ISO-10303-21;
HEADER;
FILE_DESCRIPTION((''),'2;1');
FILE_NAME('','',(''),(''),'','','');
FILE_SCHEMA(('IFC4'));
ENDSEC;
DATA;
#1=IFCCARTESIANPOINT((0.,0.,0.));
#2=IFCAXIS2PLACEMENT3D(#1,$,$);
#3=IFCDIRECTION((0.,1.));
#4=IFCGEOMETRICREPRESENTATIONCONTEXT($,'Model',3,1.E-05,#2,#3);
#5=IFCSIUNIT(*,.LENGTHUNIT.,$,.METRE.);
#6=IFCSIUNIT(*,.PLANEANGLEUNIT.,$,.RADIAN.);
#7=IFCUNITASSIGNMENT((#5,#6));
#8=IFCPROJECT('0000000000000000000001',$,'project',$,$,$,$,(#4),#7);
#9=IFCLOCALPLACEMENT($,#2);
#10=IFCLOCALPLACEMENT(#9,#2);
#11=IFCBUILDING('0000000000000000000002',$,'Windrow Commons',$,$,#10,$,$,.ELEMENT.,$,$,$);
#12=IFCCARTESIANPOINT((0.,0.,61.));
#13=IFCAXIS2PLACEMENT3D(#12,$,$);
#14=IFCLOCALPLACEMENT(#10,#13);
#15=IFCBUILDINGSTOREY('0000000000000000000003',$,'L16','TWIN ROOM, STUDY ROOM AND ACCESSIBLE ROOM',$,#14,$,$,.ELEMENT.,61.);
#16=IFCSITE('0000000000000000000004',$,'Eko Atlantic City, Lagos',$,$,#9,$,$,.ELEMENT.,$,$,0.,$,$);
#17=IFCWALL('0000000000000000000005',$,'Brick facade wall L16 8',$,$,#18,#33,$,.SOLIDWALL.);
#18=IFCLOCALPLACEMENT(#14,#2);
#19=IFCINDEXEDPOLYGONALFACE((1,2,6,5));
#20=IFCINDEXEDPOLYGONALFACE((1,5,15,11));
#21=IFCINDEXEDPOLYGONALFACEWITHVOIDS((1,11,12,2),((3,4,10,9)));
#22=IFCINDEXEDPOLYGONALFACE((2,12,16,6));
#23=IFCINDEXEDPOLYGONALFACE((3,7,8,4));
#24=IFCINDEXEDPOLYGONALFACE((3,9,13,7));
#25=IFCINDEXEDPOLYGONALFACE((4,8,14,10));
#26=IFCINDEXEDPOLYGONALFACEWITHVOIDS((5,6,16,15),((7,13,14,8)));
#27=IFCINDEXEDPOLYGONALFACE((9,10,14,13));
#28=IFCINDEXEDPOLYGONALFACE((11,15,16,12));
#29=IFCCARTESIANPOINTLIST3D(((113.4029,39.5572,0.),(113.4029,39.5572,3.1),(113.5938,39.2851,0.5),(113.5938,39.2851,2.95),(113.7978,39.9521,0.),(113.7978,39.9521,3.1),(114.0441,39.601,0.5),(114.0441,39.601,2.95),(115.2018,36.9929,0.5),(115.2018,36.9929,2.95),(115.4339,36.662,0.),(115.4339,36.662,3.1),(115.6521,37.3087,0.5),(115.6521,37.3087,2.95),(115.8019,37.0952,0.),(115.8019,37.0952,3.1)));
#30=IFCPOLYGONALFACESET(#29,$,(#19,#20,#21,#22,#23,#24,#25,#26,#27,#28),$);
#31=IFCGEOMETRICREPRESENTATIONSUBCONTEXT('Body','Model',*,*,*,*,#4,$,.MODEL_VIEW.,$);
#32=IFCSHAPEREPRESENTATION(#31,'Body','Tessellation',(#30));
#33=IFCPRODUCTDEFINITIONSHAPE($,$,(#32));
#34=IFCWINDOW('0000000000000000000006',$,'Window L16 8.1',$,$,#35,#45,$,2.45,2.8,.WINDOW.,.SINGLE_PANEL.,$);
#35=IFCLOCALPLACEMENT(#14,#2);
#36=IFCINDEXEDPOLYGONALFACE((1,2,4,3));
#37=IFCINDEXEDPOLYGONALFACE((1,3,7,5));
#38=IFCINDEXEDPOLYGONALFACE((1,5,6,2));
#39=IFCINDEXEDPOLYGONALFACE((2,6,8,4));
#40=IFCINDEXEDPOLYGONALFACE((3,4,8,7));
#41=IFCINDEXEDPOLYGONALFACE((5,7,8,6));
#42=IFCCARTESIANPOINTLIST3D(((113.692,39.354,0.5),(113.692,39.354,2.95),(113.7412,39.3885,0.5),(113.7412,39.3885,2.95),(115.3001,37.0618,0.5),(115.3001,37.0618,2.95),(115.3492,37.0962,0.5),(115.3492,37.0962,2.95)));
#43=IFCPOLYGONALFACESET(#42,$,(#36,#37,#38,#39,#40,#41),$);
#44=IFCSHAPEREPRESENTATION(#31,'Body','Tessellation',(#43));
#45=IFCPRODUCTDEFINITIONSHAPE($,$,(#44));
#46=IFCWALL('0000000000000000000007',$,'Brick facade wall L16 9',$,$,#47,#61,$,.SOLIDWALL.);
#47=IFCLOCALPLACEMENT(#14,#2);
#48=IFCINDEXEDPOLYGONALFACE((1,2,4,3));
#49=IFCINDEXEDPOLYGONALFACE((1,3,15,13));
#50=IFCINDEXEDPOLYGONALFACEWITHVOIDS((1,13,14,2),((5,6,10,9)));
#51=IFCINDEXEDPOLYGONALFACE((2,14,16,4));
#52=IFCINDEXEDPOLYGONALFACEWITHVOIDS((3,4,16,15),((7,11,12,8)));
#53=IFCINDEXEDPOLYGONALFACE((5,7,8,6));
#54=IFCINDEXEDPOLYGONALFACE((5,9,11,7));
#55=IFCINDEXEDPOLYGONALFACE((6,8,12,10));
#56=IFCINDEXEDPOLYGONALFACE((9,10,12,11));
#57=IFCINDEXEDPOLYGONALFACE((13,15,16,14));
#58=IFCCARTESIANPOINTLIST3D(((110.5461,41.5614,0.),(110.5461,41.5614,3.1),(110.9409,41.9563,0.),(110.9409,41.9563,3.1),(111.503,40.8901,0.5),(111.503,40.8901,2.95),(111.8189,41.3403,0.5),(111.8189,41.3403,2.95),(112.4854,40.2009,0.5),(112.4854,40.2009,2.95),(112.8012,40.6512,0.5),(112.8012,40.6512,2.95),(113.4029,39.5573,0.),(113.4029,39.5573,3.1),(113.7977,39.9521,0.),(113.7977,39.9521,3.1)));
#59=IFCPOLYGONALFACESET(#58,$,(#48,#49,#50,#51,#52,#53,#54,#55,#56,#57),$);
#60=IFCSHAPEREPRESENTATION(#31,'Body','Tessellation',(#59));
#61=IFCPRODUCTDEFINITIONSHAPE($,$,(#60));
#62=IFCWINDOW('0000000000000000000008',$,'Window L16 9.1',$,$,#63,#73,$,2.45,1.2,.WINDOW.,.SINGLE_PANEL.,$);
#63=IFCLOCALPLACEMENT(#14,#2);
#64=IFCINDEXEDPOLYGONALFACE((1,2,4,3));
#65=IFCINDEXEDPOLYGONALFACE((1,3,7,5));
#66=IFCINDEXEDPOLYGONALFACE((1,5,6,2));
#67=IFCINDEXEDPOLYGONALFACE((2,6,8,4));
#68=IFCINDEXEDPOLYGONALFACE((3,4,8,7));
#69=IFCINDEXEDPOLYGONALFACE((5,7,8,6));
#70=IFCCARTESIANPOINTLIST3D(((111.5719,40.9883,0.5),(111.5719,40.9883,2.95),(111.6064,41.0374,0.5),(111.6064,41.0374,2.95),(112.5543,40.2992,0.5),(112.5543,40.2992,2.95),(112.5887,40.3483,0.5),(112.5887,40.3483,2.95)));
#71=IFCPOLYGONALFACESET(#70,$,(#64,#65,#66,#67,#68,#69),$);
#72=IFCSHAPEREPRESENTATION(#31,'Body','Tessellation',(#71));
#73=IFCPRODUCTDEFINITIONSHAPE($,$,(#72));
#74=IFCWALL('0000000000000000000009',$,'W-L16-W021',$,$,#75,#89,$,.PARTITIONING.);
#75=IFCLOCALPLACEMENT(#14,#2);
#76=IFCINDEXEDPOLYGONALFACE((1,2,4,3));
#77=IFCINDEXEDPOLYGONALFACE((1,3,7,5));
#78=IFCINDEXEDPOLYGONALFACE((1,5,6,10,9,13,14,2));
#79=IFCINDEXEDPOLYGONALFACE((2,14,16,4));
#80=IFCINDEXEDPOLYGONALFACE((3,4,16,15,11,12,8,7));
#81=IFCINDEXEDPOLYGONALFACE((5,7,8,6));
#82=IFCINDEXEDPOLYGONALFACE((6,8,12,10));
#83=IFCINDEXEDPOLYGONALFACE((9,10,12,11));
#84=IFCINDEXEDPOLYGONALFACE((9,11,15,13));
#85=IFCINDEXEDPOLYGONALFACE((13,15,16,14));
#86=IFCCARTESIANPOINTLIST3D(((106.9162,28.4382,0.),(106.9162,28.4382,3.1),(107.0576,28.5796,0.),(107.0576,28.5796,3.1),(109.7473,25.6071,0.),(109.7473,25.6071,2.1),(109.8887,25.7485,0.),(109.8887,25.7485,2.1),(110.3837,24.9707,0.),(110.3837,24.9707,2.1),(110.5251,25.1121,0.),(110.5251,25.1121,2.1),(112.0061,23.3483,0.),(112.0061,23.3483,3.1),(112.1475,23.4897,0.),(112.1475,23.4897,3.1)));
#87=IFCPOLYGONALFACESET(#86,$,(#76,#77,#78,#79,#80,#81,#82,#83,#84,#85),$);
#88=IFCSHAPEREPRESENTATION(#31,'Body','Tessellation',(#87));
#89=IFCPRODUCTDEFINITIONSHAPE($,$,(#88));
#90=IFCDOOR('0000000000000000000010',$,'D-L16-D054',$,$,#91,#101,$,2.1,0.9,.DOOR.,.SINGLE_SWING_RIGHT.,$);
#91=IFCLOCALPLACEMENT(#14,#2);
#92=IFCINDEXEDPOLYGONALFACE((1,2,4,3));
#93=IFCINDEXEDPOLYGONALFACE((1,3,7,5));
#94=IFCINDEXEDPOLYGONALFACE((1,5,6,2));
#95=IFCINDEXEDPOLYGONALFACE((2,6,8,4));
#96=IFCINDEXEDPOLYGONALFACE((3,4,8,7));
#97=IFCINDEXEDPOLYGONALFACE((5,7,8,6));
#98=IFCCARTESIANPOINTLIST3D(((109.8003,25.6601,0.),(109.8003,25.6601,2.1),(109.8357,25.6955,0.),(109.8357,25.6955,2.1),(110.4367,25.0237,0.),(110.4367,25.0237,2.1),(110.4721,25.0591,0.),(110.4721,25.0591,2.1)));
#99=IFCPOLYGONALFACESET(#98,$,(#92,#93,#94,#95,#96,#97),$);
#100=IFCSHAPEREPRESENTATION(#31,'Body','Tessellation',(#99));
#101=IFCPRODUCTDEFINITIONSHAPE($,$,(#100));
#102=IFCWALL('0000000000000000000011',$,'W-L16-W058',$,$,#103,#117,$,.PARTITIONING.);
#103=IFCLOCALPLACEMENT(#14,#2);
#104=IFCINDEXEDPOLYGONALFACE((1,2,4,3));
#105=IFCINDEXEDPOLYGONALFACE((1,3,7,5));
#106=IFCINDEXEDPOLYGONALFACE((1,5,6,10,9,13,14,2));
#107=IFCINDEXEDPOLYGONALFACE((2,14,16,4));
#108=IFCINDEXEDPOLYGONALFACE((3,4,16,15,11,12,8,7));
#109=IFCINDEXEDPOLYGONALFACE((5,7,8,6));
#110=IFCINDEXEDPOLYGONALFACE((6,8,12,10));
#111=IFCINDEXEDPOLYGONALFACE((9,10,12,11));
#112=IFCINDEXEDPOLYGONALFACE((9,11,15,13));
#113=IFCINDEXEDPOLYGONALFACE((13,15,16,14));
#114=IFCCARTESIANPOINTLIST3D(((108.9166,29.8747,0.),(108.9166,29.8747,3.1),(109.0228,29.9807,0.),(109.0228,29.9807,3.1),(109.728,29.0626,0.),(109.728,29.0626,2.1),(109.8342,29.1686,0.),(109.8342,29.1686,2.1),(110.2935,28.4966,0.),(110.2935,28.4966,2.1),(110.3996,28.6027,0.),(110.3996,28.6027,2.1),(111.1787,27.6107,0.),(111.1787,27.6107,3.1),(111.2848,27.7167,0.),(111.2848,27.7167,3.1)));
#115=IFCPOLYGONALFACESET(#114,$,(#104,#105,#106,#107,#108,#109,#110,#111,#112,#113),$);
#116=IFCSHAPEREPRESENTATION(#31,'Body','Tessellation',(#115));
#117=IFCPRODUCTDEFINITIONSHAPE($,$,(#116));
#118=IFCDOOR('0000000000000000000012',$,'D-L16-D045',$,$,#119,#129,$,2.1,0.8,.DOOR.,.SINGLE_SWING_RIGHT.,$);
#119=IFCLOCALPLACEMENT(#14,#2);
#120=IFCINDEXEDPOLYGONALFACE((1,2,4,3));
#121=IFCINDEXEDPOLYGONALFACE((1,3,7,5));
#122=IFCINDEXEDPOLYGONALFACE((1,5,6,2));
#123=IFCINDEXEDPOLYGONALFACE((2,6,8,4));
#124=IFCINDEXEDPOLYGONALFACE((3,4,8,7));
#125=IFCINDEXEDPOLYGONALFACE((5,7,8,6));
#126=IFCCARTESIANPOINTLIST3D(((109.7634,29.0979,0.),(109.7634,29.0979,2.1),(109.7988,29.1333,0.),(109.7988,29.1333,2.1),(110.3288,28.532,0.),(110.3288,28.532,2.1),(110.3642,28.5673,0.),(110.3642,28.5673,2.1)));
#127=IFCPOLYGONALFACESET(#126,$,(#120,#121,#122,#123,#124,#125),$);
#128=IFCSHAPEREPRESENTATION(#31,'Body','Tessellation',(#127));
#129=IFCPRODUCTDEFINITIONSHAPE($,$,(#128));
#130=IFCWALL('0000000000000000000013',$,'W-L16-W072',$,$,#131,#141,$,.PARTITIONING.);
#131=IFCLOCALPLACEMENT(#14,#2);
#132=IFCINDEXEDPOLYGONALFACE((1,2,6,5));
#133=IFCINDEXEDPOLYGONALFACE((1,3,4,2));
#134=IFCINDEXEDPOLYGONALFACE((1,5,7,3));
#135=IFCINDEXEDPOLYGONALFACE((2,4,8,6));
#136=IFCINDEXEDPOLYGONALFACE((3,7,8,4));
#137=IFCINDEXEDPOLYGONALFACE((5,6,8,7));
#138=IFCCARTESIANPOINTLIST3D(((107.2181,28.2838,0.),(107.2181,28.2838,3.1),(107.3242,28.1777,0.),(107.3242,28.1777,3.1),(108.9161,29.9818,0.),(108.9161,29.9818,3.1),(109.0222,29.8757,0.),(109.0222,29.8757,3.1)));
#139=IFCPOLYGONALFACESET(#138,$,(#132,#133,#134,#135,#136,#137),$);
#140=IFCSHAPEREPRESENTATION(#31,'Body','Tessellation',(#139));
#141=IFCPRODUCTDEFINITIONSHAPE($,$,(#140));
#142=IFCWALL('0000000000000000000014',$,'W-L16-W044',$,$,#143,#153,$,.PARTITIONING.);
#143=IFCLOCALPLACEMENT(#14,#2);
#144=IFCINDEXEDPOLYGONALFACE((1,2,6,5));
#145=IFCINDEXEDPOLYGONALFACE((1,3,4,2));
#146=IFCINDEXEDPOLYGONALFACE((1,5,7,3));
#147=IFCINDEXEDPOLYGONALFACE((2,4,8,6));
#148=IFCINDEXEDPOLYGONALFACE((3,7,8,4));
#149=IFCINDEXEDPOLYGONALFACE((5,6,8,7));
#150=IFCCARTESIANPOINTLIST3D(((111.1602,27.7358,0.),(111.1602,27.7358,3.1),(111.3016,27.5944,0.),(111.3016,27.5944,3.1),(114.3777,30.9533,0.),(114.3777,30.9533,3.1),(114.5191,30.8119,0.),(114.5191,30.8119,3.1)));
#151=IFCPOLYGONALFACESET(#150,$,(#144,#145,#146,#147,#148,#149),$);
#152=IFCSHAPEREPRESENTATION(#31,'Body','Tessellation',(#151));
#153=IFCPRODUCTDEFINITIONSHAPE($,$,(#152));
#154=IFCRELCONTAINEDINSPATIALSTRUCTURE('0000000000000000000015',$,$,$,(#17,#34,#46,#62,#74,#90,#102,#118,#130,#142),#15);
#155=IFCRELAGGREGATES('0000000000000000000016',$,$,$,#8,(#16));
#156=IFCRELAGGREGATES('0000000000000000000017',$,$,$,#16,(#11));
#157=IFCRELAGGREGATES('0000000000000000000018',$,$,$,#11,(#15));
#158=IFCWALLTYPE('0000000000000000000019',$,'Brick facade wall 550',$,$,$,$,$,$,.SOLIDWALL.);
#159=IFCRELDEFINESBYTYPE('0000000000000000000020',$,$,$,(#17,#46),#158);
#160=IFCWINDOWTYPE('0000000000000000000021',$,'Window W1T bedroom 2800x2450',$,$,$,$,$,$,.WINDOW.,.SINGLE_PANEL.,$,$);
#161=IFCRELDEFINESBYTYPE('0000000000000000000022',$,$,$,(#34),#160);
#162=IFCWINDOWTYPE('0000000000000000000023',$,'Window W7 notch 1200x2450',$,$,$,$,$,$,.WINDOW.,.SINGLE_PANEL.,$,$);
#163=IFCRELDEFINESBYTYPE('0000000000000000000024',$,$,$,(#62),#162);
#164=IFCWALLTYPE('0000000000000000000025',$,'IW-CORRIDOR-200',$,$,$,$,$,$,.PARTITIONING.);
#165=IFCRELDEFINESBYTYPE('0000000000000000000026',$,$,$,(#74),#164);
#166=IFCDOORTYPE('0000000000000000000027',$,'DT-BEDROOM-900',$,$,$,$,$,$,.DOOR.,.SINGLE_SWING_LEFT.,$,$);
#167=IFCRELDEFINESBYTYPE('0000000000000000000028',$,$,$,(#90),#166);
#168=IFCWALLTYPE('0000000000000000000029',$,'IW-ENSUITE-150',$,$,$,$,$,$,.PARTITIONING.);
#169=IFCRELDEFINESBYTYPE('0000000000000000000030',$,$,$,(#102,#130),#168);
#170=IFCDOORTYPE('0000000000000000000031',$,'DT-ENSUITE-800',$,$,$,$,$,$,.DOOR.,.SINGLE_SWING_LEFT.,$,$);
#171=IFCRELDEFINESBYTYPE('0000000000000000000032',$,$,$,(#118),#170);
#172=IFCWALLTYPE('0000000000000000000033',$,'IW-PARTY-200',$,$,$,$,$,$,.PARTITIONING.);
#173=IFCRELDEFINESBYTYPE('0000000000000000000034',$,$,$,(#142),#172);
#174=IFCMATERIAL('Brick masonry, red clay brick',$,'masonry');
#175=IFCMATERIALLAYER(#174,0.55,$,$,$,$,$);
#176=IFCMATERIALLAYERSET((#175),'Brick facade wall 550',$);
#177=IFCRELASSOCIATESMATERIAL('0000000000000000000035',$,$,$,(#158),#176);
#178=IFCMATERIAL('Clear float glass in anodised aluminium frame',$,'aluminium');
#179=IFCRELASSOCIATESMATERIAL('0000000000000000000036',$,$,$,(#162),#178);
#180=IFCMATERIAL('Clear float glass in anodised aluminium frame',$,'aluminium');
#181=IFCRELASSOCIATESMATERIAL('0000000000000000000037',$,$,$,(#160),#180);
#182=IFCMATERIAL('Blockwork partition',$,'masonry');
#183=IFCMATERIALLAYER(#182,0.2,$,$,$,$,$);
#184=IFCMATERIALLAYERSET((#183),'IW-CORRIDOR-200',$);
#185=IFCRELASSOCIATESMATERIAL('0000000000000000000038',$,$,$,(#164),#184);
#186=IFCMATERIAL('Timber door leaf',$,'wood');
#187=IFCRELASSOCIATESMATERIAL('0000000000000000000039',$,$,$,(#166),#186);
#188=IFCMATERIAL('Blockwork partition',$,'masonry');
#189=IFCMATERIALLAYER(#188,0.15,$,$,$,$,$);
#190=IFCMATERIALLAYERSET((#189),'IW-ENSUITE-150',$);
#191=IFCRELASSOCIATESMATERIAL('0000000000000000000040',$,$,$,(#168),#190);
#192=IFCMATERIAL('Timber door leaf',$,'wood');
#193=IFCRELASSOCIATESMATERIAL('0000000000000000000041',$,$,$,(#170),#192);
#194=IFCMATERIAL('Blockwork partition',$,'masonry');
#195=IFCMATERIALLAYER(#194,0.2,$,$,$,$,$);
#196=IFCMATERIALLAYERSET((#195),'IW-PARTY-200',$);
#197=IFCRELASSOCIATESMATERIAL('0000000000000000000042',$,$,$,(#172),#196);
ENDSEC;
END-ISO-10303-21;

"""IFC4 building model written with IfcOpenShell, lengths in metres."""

from ifc_helpers import new_model, si_unit, direction, frame, frame_2d, origin, place, context, subcontext, project, spatial, polyline, rectangle, outline, extrude, material, layer, layer_set, type_object, element, fill, save


model = new_model("IFC4")

# Units and contexts
model_context = context("Model", 3, precision=1e-05, world=origin(), true_north=direction((0.0, 1.0)))
body_context = subcontext(model_context, "Body", "Model", "MODEL_VIEW")
ifc_project = project(units=[si_unit("LENGTHUNIT", "METRE"), si_unit("PLANEANGLEUNIT", "RADIAN")], contexts=[model_context])

# Site, building, storey
site_placement = place(None, origin())
site = spatial("IfcSite", under=ifc_project, at=site_placement, Name="Eko Atlantic City, Lagos", CompositionType="ELEMENT", RefElevation=0.0)
building_placement = place(site_placement, origin())
building = spatial("IfcBuilding", under=site, at=building_placement, Name="Windrow Commons", CompositionType="ELEMENT")
storey_placement = place(building_placement, frame((0.0, 0.0, 61.0)))
storey = spatial("IfcBuildingStorey", under=building, at=storey_placement, Name="L16", Description="TWIN ROOM, STUDY ROOM AND ACCESSIBLE ROOM", CompositionType="ELEMENT", Elevation=61.0)

# Shared definitions
ifc_material_1 = material(Name="Brick masonry, red clay brick", Category="masonry")
ifc_layer_1 = layer(ifc_material_1, 0.55)
ifc_layer_set_1 = layer_set([ifc_layer_1], Name="Brick facade wall 550")
wall_type_1 = type_object("IfcWallType", Name="Brick facade wall 550", PredefinedType="SOLIDWALL", material=ifc_layer_set_1)

# Walls, openings, windows
ifc_material_2 = material(Name="Clear float glass in anodised aluminium frame", Category="aluminium")
window_type_1 = type_object("IfcWindowType", Name="Window W7 notch 1200x2450", PartitioningType="SINGLE_PANEL", PredefinedType="WINDOW", material=ifc_material_2)
wall_1_placement = place(storey_placement, frame((115.6179, 36.8786, 0.0), z_axis=(0.0, 0.0, 1.0), x_axis=(-0.574289, 0.818652, 0.0)))
wall_1 = element("IfcWall", 1, at=wall_1_placement, inside=storey, type_object=wall_type_1, Name="Brick facade wall L16 8", PredefinedType="SOLIDWALL", context=body_context, shape_type="SweptSolid", body=[
    extrude(outline(polyline([(0.0717, -0.275), (3.5614, -0.275), (3.4649, 0.275), (-0.0717, 0.275), (0.0717, -0.275)])), origin(), (0.0, 0.0, 1.0), 3.1),
])
opening_1_placement = place(wall_1_placement, frame((0.3325, 0.0, 0.5)))
opening_1 = element("IfcOpeningElement", 2, at=opening_1_placement, cuts=wall_1, PredefinedType="OPENING", context=body_context, shape_type="SweptSolid", body=[
    extrude(rectangle(XDim=2.8, YDim=2.45, at=frame_2d((1.4, 1.225))), frame((0.0, 0.285, 0.0), z_axis=(0.0, -1.0, 0.0), x_axis=(1.0, 0.0, 0.0)), (0.0, 0.0, 1.0), 0.57),
])
ifc_material_3 = material(Name="Clear float glass in anodised aluminium frame", Category="aluminium")
window_type_2 = type_object("IfcWindowType", Name="Window W1T bedroom 2800x2450", PartitioningType="SINGLE_PANEL", PredefinedType="WINDOW", material=ifc_material_3)
window_1_placement = place(opening_1_placement, origin())
window_1 = element("IfcWindow", 3, at=window_1_placement, inside=storey, type_object=window_type_2, Name="Window L16 8.1", OverallHeight=2.45, OverallWidth=2.8, PartitioningType="SINGLE_PANEL", PredefinedType="WINDOW", context=body_context, shape_type="SweptSolid", body=[
    extrude(rectangle(XDim=2.8, YDim=2.45, at=frame_2d((1.4, 1.225))), frame((0.0, 0.155, 0.0), z_axis=(0.0, -1.0, 0.0), x_axis=(1.0, 0.0, 0.0)), (0.0, 0.0, 1.0), 0.06),
])
fill(opening_1, window_1)
wall_2_placement = place(storey_placement, frame((113.6003, 39.7547, 0.0), z_axis=(0.0, 0.0, 1.0), x_axis=(-0.818647, 0.574297, 0.0)))
wall_2 = element("IfcWall", 4, at=wall_2_placement, inside=storey, type_object=wall_type_1, Name="Brick facade wall L16 9", PredefinedType="SOLIDWALL", context=body_context, shape_type="SweptSolid", body=[
    extrude(outline(polyline([(-0.0482, -0.275), (3.4415, -0.275), (3.5379, 0.275), (0.0482, 0.275), (-0.0482, -0.275)])), origin(), (0.0, 0.0, 1.0), 3.1),
])
opening_2_placement = place(wall_2_placement, frame((1.169, 0.0, 0.5)))
opening_2 = element("IfcOpeningElement", 5, at=opening_2_placement, cuts=wall_2, PredefinedType="OPENING", context=body_context, shape_type="SweptSolid", body=[
    extrude(rectangle(XDim=1.2, YDim=2.45, at=frame_2d((0.6, 1.225))), frame((0.0, 0.285, 0.0), z_axis=(0.0, -1.0, 0.0), x_axis=(1.0, 0.0, 0.0)), (0.0, 0.0, 1.0), 0.57),
])
window_2_placement = place(opening_2_placement, origin())
window_2 = element("IfcWindow", 6, at=window_2_placement, inside=storey, type_object=window_type_1, Name="Window L16 9.1", OverallHeight=2.45, OverallWidth=1.2, PartitioningType="SINGLE_PANEL", PredefinedType="WINDOW", context=body_context, shape_type="SweptSolid", body=[
    extrude(rectangle(XDim=1.2, YDim=2.45, at=frame_2d((0.6, 1.225))), frame((0.0, 0.155, 0.0), z_axis=(0.0, -1.0, 0.0), x_axis=(1.0, 0.0, 0.0)), (0.0, 0.0, 1.0), 0.06),
])
fill(opening_2, window_2)

# Walls, openings, doors
ifc_material_4 = material(Name="Blockwork partition", Category="masonry")
ifc_layer_2 = layer(ifc_material_4, 0.2)
ifc_layer_set_2 = layer_set([ifc_layer_2], Name="IW-CORRIDOR-200")
wall_type_2 = type_object("IfcWallType", Name="IW-CORRIDOR-200", PredefinedType="PARTITIONING", material=ifc_layer_set_2)
wall_3_placement = place(storey_placement, frame((106.9869, 28.5089, 0.0), z_axis=(0.0, 0.0, 1.0), x_axis=(0.707107, -0.707107, 0.0)))
wall_3 = element("IfcWall", 7, at=wall_3_placement, inside=storey, type_object=wall_type_2, Name="W-L16-W021", PredefinedType="PARTITIONING", context=body_context, shape_type="SweptSolid", body=[
    extrude(rectangle(XDim=7.1983, YDim=0.2, at=frame_2d((3.5991, 0.0))), origin(), (0.0, 0.0, 1.0), 3.1),
])
opening_3_placement = place(wall_3_placement, frame((4.0038, 0.0, 0.0)))
opening_3 = element("IfcOpeningElement", 8, at=opening_3_placement, cuts=wall_3, PredefinedType="OPENING", context=body_context, shape_type="SweptSolid", body=[
    extrude(rectangle(XDim=0.9, YDim=2.1, at=frame_2d((0.45, 1.05))), frame((0.0, 0.11, 0.0), z_axis=(0.0, -1.0, 0.0), x_axis=(1.0, 0.0, 0.0)), (0.0, 0.0, 1.0), 0.22),
])
ifc_material_5 = material(Name="Timber door leaf", Category="wood")
door_type_1 = type_object("IfcDoorType", Name="DT-BEDROOM-900", OperationType="SINGLE_SWING_LEFT", PredefinedType="DOOR", material=ifc_material_5)
door_1_placement = place(opening_3_placement, origin())
door_1 = element("IfcDoor", 9, at=door_1_placement, inside=storey, type_object=door_type_1, Name="D-L16-D054", OperationType="SINGLE_SWING_RIGHT", OverallHeight=2.1, OverallWidth=0.9, PredefinedType="DOOR", context=body_context, shape_type="SweptSolid", body=[
    extrude(rectangle(XDim=0.9, YDim=2.1, at=frame_2d((0.45, 1.05))), frame((0.0, 0.025, 0.0), z_axis=(0.0, -1.0, 0.0), x_axis=(1.0, 0.0, 0.0)), (0.0, 0.0, 1.0), 0.05),
])
fill(opening_3, door_1)
ifc_material_6 = material(Name="Blockwork partition", Category="masonry")
ifc_layer_3 = layer(ifc_material_6, 0.15)
ifc_layer_set_3 = layer_set([ifc_layer_3], Name="IW-ENSUITE-150")
wall_type_3 = type_object("IfcWallType", Name="IW-ENSUITE-150", PredefinedType="PARTITIONING", material=ifc_layer_set_3)
wall_4_placement = place(storey_placement, frame((108.9697, 29.9277, 0.0), z_axis=(0.0, 0.0, 1.0), x_axis=(0.706794, -0.707419, 0.0)))
wall_4 = element("IfcWall", 10, at=wall_4_placement, inside=storey, type_object=wall_type_3, Name="W-L16-W058", PredefinedType="PARTITIONING", context=body_context, shape_type="SweptSolid", body=[
    extrude(rectangle(XDim=3.2004, YDim=0.15, at=frame_2d((1.6002, 0.0))), origin(), (0.0, 0.0, 1.0), 3.1),
])
opening_4_placement = place(wall_4_placement, frame((1.148, 0.0, 0.0)))
opening_4 = element("IfcOpeningElement", 11, at=opening_4_placement, cuts=wall_4, PredefinedType="OPENING", context=body_context, shape_type="SweptSolid", body=[
    extrude(rectangle(XDim=0.8, YDim=2.1, at=frame_2d((0.4, 1.05))), frame((0.0, 0.085, 0.0), z_axis=(0.0, -1.0, 0.0), x_axis=(1.0, 0.0, 0.0)), (0.0, 0.0, 1.0), 0.17),
])
ifc_material_7 = material(Name="Timber door leaf", Category="wood")
door_type_2 = type_object("IfcDoorType", Name="DT-ENSUITE-800", OperationType="SINGLE_SWING_LEFT", PredefinedType="DOOR", material=ifc_material_7)
door_2_placement = place(opening_4_placement, origin())
door_2 = element("IfcDoor", 12, at=door_2_placement, inside=storey, type_object=door_type_2, Name="D-L16-D045", OperationType="SINGLE_SWING_RIGHT", OverallHeight=2.1, OverallWidth=0.8, PredefinedType="DOOR", context=body_context, shape_type="SweptSolid", body=[
    extrude(rectangle(XDim=0.8, YDim=2.1, at=frame_2d((0.4, 1.05))), frame((0.0, 0.025, 0.0), z_axis=(0.0, -1.0, 0.0), x_axis=(1.0, 0.0, 0.0)), (0.0, 0.0, 1.0), 0.05),
])
fill(opening_4, door_2)

# Walls
wall_5_placement = place(storey_placement, frame((107.2712, 28.2308, 0.0), z_axis=(0.0, 0.0, 1.0), x_axis=(0.707107, 0.707107, 0.0)))
element("IfcWall", 13, at=wall_5_placement, inside=storey, type_object=wall_type_3, Name="W-L16-W072", PredefinedType="PARTITIONING", context=body_context, shape_type="SweptSolid", body=[
    extrude(rectangle(XDim=2.4013, YDim=0.15, at=frame_2d((1.2006, 0.0))), origin(), (0.0, 0.0, 1.0), 3.1),
])
ifc_material_8 = material(Name="Blockwork partition", Category="masonry")
ifc_layer_4 = layer(ifc_material_8, 0.2)
ifc_layer_set_4 = layer_set([ifc_layer_4], Name="IW-PARTY-200")
wall_type_4 = type_object("IfcWallType", Name="IW-PARTY-200", PredefinedType="PARTITIONING", material=ifc_layer_set_4)
wall_6_placement = place(storey_placement, frame((111.2309, 27.6651, 0.0), z_axis=(0.0, 0.0, 1.0), x_axis=(0.707107, 0.707107, 0.0)))
element("IfcWall", 14, at=wall_6_placement, inside=storey, type_object=wall_type_4, Name="W-L16-W044", PredefinedType="PARTITIONING", context=body_context, shape_type="SweptSolid", body=[
    extrude(rectangle(XDim=4.5502, YDim=0.2, at=frame_2d((2.2751, 0.0))), origin(), (0.0, 0.0, 1.0), 3.1),
])

save(model, "model.ifc")
